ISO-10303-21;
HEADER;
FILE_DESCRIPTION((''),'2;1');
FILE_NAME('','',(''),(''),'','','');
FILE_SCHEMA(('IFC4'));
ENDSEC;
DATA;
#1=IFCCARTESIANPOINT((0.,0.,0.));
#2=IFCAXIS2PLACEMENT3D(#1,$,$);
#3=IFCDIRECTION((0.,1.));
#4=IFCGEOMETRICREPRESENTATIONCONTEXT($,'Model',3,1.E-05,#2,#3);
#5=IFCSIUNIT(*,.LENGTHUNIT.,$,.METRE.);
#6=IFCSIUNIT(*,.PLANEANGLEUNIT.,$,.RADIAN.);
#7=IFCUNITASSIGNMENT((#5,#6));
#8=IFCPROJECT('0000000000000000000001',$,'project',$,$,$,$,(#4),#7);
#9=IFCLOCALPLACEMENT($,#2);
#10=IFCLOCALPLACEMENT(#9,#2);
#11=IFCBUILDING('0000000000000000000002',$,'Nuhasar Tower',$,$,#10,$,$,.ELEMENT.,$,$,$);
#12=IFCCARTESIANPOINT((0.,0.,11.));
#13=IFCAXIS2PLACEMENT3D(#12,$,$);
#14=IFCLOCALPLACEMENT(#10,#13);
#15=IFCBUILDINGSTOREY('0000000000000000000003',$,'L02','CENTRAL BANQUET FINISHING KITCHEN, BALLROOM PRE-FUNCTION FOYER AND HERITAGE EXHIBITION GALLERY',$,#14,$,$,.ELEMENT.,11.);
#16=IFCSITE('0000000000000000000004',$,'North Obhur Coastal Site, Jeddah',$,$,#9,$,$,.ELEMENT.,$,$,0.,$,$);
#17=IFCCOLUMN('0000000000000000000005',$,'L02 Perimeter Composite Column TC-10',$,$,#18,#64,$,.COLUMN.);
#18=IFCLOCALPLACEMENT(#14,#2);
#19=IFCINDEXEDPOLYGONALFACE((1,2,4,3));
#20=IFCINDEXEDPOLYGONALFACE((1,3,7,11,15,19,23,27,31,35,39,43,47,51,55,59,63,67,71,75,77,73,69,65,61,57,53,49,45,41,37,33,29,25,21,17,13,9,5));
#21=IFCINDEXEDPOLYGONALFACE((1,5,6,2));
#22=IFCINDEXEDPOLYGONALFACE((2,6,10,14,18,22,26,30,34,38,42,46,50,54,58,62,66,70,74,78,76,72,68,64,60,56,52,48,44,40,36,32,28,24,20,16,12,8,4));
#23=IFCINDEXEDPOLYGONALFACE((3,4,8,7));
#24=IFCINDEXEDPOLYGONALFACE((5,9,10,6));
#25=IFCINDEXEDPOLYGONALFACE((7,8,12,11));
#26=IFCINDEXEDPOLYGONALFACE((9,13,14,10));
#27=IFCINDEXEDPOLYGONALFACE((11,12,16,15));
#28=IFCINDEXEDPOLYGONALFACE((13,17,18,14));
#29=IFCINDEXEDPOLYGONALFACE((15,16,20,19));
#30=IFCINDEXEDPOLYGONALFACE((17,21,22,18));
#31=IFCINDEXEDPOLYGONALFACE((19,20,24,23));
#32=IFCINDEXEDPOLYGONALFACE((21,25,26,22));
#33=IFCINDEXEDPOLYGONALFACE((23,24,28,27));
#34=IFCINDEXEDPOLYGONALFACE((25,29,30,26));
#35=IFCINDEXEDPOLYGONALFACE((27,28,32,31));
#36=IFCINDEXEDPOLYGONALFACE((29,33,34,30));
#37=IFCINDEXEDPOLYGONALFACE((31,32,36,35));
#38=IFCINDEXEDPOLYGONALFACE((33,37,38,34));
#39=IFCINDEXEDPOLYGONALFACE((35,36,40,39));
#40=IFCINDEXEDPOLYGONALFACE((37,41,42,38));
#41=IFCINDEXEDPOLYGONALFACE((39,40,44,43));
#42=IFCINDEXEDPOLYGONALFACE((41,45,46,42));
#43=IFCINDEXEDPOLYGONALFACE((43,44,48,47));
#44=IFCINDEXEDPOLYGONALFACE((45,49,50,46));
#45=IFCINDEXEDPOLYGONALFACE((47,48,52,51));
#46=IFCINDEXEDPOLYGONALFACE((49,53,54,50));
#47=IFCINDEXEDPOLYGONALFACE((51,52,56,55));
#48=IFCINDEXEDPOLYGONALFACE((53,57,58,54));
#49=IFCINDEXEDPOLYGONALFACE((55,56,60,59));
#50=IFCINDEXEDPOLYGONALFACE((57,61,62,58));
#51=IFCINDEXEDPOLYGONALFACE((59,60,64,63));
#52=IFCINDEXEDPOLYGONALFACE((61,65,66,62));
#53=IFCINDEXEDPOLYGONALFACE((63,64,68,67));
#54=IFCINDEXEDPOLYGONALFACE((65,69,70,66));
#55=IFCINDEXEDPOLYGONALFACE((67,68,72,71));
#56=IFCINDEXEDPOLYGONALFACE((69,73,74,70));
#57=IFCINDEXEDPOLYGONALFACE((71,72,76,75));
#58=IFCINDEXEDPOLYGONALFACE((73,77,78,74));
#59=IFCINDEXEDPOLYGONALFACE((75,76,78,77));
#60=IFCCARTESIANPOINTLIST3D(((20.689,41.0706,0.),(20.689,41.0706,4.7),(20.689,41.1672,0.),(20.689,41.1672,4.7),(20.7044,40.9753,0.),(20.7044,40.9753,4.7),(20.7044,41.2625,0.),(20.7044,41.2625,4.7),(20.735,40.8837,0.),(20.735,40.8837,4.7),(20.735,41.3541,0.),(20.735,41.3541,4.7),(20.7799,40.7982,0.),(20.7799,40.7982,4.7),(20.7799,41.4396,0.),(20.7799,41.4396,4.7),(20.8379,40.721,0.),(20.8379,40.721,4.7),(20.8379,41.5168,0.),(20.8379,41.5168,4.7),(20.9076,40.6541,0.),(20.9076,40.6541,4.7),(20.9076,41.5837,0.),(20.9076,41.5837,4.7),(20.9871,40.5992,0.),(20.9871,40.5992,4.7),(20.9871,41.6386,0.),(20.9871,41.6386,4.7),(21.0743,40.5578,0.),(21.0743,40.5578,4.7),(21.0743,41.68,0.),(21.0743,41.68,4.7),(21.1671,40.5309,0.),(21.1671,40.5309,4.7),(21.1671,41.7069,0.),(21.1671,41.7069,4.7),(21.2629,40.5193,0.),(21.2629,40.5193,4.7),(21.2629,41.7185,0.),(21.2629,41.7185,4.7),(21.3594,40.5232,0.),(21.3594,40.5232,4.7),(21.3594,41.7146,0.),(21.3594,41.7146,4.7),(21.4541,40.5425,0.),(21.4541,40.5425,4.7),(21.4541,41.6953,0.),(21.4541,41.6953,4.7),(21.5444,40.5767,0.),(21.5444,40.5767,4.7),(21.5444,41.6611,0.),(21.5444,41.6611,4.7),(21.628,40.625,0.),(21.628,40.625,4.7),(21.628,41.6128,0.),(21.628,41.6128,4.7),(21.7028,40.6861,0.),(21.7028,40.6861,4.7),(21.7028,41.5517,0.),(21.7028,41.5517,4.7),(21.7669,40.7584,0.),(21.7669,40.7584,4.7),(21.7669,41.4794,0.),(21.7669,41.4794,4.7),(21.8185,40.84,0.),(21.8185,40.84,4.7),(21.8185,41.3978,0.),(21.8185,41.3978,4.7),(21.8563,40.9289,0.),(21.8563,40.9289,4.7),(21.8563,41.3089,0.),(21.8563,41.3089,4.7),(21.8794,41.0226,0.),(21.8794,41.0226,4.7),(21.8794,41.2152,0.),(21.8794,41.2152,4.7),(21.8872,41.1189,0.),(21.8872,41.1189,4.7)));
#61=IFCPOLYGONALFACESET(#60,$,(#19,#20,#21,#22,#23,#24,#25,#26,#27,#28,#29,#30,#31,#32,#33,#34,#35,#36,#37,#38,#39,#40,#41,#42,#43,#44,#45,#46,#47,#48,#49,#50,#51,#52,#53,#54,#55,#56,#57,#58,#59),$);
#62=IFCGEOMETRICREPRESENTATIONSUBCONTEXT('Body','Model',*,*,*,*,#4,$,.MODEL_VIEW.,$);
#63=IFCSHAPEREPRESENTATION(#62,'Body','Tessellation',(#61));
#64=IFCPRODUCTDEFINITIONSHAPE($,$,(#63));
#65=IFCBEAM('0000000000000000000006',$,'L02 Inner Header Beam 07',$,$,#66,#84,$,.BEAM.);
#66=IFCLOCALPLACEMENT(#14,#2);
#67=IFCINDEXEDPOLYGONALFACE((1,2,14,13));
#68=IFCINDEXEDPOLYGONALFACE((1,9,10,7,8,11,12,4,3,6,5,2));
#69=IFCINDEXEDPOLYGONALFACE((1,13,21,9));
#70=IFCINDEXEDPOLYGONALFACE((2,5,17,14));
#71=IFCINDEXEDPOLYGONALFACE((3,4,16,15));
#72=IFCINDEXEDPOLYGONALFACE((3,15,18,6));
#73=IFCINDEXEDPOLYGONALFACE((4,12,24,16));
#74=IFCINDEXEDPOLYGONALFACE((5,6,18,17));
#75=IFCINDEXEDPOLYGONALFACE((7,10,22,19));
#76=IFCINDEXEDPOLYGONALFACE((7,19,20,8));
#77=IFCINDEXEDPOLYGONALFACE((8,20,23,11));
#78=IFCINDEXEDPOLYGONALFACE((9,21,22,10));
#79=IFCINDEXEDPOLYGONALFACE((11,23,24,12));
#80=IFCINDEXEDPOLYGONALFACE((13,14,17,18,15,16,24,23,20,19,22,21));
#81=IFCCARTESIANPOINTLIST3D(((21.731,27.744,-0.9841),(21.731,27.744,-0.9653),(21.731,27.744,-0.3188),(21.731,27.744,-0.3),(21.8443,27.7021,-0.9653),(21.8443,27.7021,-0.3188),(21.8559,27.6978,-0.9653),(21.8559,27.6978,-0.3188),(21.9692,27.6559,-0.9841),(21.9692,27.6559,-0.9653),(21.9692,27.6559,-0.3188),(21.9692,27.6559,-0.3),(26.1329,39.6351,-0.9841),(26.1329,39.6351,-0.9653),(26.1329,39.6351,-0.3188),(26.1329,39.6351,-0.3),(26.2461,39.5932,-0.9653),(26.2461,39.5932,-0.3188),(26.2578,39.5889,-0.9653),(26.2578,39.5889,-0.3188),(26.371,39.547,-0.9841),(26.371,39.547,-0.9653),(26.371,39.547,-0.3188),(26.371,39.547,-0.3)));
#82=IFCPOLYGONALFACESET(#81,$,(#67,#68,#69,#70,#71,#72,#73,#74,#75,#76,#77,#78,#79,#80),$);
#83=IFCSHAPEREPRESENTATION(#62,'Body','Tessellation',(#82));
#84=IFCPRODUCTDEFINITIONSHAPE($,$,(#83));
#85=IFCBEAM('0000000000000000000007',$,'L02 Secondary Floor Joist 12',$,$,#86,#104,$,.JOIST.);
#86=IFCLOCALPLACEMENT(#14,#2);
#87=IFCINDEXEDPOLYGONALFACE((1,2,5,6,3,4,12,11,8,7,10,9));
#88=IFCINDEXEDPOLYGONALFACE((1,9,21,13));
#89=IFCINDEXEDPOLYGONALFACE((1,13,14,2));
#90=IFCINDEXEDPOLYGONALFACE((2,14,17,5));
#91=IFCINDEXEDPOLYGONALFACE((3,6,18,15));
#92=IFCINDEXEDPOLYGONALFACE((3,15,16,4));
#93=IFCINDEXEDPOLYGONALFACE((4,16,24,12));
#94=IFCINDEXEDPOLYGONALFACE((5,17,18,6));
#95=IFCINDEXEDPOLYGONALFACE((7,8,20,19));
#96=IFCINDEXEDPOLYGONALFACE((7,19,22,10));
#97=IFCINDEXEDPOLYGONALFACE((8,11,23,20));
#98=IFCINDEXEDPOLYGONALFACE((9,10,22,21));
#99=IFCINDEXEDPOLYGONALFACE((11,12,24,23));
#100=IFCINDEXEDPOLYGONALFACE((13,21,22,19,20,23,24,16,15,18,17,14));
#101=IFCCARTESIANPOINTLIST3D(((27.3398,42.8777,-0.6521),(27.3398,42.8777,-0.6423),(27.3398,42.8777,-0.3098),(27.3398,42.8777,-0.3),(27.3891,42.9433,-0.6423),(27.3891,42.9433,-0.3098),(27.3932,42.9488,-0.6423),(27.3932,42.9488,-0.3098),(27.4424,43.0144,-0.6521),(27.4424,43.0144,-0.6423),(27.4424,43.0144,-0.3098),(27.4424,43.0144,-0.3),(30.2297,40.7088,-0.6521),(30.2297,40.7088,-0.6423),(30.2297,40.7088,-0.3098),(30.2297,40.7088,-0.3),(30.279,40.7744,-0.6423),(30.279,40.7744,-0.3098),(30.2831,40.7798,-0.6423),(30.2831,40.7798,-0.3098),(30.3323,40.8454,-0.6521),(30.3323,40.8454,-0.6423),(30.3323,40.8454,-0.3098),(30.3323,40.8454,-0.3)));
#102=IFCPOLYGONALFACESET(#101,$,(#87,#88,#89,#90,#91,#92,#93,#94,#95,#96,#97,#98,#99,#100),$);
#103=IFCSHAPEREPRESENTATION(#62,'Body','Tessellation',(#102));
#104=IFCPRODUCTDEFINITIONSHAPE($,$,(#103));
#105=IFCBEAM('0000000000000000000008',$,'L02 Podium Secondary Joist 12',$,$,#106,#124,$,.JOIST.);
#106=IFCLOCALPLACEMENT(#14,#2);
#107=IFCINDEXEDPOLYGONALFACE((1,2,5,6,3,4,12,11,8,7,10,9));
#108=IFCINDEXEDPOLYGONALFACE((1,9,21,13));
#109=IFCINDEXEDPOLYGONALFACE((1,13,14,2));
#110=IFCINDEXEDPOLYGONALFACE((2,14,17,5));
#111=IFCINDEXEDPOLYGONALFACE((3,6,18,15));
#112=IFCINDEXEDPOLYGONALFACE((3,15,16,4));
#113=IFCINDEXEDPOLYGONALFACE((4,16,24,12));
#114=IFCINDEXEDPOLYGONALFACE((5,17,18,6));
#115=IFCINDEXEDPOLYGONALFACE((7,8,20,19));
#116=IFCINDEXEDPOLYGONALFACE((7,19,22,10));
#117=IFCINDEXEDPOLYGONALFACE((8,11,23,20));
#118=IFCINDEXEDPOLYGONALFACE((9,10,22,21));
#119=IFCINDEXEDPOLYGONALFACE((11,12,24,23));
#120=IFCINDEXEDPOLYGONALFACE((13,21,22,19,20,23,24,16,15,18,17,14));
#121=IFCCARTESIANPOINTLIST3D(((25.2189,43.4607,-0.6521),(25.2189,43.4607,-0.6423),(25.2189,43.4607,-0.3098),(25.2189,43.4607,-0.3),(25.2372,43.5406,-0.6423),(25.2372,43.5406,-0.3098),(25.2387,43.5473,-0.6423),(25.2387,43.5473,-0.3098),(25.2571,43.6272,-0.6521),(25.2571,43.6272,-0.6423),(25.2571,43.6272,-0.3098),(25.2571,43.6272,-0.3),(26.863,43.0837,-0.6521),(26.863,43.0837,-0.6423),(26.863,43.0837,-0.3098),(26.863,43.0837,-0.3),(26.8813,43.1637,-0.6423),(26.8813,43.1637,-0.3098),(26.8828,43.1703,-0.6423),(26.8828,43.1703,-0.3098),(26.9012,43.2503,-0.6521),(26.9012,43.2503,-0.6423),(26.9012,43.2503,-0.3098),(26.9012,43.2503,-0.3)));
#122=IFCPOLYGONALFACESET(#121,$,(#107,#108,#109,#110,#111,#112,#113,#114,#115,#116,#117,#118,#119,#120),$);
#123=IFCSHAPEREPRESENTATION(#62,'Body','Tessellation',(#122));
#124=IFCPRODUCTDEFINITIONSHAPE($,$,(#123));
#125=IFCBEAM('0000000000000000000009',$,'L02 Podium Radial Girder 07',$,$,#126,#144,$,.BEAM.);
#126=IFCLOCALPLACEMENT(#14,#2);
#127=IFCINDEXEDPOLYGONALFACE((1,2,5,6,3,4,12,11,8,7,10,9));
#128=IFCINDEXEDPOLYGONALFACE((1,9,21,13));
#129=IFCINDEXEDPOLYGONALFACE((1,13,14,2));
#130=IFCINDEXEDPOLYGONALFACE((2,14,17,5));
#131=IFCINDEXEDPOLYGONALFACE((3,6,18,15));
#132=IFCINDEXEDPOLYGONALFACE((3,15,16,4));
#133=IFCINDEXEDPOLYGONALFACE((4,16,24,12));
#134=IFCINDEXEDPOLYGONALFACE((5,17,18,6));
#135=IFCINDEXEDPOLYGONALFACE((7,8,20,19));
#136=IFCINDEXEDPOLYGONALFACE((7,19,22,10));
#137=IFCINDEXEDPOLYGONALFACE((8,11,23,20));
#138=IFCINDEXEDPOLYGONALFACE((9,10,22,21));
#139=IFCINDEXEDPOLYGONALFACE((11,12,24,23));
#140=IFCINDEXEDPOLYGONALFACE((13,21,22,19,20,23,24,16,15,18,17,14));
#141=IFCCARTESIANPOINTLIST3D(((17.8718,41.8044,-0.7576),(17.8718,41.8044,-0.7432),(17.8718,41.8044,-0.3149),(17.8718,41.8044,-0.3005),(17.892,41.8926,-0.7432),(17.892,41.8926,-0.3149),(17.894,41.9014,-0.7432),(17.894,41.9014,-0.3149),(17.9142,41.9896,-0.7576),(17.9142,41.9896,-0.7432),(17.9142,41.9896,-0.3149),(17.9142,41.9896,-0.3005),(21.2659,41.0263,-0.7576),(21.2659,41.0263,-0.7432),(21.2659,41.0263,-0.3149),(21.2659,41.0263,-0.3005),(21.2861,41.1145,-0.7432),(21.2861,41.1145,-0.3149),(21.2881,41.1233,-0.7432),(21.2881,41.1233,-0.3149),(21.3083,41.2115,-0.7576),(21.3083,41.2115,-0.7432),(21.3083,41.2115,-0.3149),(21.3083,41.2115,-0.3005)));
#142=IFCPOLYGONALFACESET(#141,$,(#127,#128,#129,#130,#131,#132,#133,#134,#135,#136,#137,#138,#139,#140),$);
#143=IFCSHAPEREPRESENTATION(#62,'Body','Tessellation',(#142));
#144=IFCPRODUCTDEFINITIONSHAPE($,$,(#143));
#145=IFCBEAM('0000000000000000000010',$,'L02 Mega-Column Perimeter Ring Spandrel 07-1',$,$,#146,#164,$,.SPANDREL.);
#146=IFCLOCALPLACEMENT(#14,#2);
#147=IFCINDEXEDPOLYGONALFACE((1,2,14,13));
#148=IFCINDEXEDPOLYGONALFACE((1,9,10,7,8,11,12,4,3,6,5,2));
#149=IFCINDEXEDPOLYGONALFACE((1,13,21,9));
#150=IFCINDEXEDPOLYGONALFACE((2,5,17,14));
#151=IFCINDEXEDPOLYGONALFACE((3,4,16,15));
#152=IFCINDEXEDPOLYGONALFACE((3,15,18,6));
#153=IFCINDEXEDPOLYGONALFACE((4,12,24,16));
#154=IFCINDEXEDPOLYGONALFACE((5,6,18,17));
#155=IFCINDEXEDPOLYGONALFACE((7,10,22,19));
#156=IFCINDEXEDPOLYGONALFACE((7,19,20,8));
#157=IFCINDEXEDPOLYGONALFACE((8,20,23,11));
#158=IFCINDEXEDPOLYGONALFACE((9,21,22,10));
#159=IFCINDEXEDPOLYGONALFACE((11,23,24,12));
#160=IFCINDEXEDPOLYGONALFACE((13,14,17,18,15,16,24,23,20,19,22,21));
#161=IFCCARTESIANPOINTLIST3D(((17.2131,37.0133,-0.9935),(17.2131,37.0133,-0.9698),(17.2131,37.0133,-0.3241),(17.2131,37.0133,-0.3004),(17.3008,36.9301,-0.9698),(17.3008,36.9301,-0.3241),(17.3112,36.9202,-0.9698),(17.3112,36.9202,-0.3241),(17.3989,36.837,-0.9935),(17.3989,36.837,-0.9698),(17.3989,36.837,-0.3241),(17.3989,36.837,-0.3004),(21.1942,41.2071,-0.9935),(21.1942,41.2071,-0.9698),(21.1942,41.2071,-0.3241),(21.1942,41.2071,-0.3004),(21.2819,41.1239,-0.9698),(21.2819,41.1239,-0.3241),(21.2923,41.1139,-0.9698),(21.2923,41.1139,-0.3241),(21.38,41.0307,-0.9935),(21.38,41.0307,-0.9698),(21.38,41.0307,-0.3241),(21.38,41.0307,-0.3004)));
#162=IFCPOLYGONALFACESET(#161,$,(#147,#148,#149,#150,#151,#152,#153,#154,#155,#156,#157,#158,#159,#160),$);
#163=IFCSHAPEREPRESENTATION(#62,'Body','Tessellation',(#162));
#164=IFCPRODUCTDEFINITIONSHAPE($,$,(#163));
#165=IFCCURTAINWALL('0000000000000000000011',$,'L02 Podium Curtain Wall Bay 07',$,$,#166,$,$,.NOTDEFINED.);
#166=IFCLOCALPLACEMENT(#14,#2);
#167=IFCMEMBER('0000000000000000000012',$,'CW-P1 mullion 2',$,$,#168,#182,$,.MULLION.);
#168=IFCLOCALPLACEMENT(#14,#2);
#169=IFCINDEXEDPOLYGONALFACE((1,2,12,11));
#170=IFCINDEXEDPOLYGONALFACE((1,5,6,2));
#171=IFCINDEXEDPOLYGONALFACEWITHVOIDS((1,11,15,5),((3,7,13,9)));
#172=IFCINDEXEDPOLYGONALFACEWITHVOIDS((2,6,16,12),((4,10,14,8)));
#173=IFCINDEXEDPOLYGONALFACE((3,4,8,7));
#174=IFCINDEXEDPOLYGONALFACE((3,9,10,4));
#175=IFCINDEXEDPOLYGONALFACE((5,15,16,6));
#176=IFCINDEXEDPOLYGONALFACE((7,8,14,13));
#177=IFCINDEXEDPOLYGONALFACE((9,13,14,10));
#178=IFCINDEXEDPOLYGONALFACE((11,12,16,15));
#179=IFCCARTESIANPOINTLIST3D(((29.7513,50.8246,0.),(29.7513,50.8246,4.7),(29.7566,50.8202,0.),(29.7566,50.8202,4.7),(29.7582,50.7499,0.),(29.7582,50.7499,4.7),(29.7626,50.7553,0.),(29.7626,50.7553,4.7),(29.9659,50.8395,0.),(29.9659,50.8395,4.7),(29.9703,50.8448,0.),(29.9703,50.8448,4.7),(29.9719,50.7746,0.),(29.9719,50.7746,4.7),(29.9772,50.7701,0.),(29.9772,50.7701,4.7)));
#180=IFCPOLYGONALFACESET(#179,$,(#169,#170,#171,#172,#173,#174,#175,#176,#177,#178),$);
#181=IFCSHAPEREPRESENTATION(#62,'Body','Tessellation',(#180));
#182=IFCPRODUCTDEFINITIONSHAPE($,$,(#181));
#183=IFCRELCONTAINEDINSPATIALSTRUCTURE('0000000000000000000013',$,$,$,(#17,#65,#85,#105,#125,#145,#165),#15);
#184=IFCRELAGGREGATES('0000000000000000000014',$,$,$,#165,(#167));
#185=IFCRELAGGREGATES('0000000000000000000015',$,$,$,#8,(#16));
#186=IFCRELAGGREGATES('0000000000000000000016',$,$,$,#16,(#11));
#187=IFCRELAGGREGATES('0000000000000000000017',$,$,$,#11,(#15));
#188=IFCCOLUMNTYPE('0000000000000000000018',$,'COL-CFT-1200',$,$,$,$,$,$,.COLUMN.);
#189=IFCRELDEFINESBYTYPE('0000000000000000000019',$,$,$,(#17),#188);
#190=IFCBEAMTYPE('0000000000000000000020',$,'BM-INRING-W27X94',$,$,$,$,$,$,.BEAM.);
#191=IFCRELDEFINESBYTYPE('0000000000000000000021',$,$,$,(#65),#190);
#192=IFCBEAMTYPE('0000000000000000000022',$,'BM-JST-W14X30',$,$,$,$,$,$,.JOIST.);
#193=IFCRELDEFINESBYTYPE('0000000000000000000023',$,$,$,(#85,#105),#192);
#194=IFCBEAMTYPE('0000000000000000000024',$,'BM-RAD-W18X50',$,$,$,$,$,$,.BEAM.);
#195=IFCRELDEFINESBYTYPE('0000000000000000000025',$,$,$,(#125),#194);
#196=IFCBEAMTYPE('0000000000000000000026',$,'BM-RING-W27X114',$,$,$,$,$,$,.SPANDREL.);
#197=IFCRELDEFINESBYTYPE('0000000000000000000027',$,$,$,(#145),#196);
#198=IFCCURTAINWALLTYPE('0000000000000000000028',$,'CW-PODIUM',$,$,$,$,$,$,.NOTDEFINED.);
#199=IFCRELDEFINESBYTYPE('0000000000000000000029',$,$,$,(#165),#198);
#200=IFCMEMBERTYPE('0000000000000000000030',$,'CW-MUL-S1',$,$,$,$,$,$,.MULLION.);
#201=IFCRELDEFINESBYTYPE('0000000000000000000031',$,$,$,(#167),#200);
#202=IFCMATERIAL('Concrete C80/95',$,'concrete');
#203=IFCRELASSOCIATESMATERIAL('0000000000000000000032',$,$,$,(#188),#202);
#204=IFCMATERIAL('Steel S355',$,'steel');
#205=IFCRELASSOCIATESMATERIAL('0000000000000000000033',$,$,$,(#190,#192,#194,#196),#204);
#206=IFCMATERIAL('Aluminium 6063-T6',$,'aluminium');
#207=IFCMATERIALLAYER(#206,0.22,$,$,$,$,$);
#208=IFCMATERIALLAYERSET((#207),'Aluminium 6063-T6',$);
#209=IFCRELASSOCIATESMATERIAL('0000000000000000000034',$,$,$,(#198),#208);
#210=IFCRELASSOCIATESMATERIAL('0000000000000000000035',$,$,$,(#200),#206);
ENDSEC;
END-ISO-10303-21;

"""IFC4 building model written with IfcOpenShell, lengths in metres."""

from ifc_helpers import new_model, si_unit, direction, frame, origin, origin_2d, place, context, subcontext, project, spatial, hollow_rectangle, circle, i_section, extrude, material, layer, layer_set, material_profile, profile_set, type_object, element, aggregate, save


model = new_model("IFC4")

# Units and contexts
model_context = context("Model", 3, precision=1e-05, world=origin(), true_north=direction((0.0, 1.0)))
body_context = subcontext(model_context, "Body", "Model", "MODEL_VIEW")
ifc_project = project(units=[si_unit("LENGTHUNIT", "METRE"), si_unit("PLANEANGLEUNIT", "RADIAN")], contexts=[model_context])

# Site, building, storey
site_placement = place(None, origin())
site = spatial("IfcSite", under=ifc_project, at=site_placement, Name="North Obhur Coastal Site, Jeddah", CompositionType="ELEMENT", RefElevation=0.0)
building_placement = place(site_placement, origin())
building = spatial("IfcBuilding", under=site, at=building_placement, Name="Nuhasar Tower", CompositionType="ELEMENT")
storey_placement = place(building_placement, frame((0.0, 0.0, 11.0)))
storey = spatial("IfcBuildingStorey", under=building, at=storey_placement, Name="L02", Description="CENTRAL BANQUET FINISHING KITCHEN, BALLROOM PRE-FUNCTION FOYER AND HERITAGE EXHIBITION GALLERY", CompositionType="ELEMENT", Elevation=11.0)

# Column
ifc_material_1 = material(Name="Concrete C80/95", Category="concrete")
ifc_material_profile_1 = material_profile(ifc_material_1, circle(Radius=0.6001, at=origin_2d()), Name="CFT1200")
ifc_profile_set_1 = profile_set([ifc_material_profile_1], Name="Concrete C80/95")
column_type = type_object("IfcColumnType", Name="COL-CFT-1200", PredefinedType="COLUMN", material=ifc_profile_set_1)
column_placement = place(storey_placement, frame((21.2871, 41.1189, 0.0), z_axis=(0.0, 0.0, 1.0), x_axis=(1.0, 0.0, 0.0)))
element("IfcColumn", 1, at=column_placement, inside=storey, type_object=column_type, Name="L02 Perimeter Composite Column TC-10", PredefinedType="COLUMN", context=body_context, shape_type="SweptSolid", body=[
    extrude(circle(Radius=0.6001, at=origin_2d()), origin(), (0.0, 0.0, 1.0), 4.7),
])

# Beams
ifc_material_2 = material(Name="Steel S355", Category="steel")
ifc_material_profile_2 = material_profile(ifc_material_2, i_section(OverallWidth=0.2539, OverallDepth=0.6841, WebThickness=0.0125, FlangeThickness=0.0188, at=origin_2d()), Name="W27X94")
ifc_profile_set_2 = profile_set([ifc_material_profile_2], Name="Steel S355")
beam_type_1 = type_object("IfcBeamType", Name="BM-INRING-W27X94", PredefinedType="BEAM", material=ifc_profile_set_2)
beam_1_placement = place(storey_placement, frame((26.252, 39.5911, -0.6421), z_axis=(-0.347158, -0.937807, 0.0), x_axis=(0.937807, -0.347158, 0.0)))
element("IfcBeam", 2, at=beam_1_placement, inside=storey, type_object=beam_type_1, Name="L02 Inner Header Beam 07", PredefinedType="BEAM", context=body_context, shape_type="SweptSolid", body=[
    extrude(i_section(OverallWidth=0.2539, OverallDepth=0.6841, WebThickness=0.0125, FlangeThickness=0.0188, at=origin_2d()), origin(), (0.0, 0.0, 1.0), 12.6797),
])
ifc_material_profile_3 = material_profile(ifc_material_2, i_section(OverallWidth=0.1709, OverallDepth=0.3521, WebThickness=0.0068, FlangeThickness=0.0098, at=origin_2d()), Name="W14X30")
ifc_profile_set_3 = profile_set([ifc_material_profile_3], Name="Steel S355")
beam_type_2 = type_object("IfcBeamType", Name="BM-JST-W14X30", PredefinedType="JOIST", material=ifc_profile_set_3)
beam_2_placement = place(storey_placement, frame((30.281, 40.7771, -0.4761), z_axis=(-0.799797, 0.60027, 0.0), x_axis=(-0.60027, -0.799797, 0.0)))
element("IfcBeam", 3, at=beam_2_placement, inside=storey, type_object=beam_type_2, Name="L02 Secondary Floor Joist 12", PredefinedType="JOIST", context=body_context, shape_type="SweptSolid", body=[
    extrude(i_section(OverallWidth=0.1709, OverallDepth=0.3521, WebThickness=0.0068, FlangeThickness=0.0098, at=origin_2d()), origin(), (0.0, 0.0, 1.0), 3.6133),
])
beam_3_placement = place(storey_placement, frame((26.8821, 43.167, -0.4761), z_axis=(-0.974707, 0.223485, 0.0), x_axis=(-0.223485, -0.974707, 0.0)))
element("IfcBeam", 4, at=beam_3_placement, inside=storey, type_object=beam_type_2, Name="L02 Podium Secondary Joist 12", PredefinedType="JOIST", context=body_context, shape_type="SweptSolid", body=[
    extrude(i_section(OverallWidth=0.1709, OverallDepth=0.3521, WebThickness=0.0068, FlangeThickness=0.0098, at=origin_2d()), origin(), (0.0, 0.0, 1.0), 1.6868),
])
ifc_material_profile_4 = material_profile(ifc_material_2, i_section(OverallWidth=0.1899, OverallDepth=0.457, WebThickness=0.009, FlangeThickness=0.0144, at=origin_2d()), Name="W18X50")
ifc_profile_set_4 = profile_set([ifc_material_profile_4], Name="Steel S355")
beam_type_3 = type_object("IfcBeamType", Name="BM-RAD-W18X50", PredefinedType="BEAM", material=ifc_profile_set_4)
beam_4_placement = place(storey_placement, frame((21.2871, 41.1189, -0.5291), z_axis=(-0.974715, 0.223451, 0.0), x_axis=(-0.223451, -0.974715, 0.0)))
element("IfcBeam", 5, at=beam_4_placement, inside=storey, type_object=beam_type_3, Name="L02 Podium Radial Girder 07", PredefinedType="BEAM", context=body_context, shape_type="SweptSolid", body=[
    extrude(i_section(OverallWidth=0.1899, OverallDepth=0.457, WebThickness=0.009, FlangeThickness=0.0144, at=origin_2d()), origin(), (0.0, 0.0, 1.0), 3.4822),
])
ifc_material_profile_5 = material_profile(ifc_material_2, i_section(OverallWidth=0.2561, OverallDepth=0.6931, WebThickness=0.0144, FlangeThickness=0.0237, at=origin_2d()), Name="W27X114")
ifc_profile_set_5 = profile_set([ifc_material_profile_5], Name="Steel S355")
beam_type_4 = type_object("IfcBeamType", Name="BM-RING-W27X114", PredefinedType="SPANDREL", material=ifc_profile_set_5)
beam_5_placement = place(storey_placement, frame((21.2871, 41.1189, -0.647), z_axis=(-0.688481, -0.725254, 0.0), x_axis=(0.725254, -0.688481, 0.0)))
element("IfcBeam", 6, at=beam_5_placement, inside=storey, type_object=beam_type_4, Name="L02 Mega-Column Perimeter Ring Spandrel 07-1", PredefinedType="SPANDREL", context=body_context, shape_type="SweptSolid", body=[
    extrude(i_section(OverallWidth=0.2561, OverallDepth=0.6931, WebThickness=0.0144, FlangeThickness=0.0237, at=origin_2d()), origin(), (0.0, 0.0, 1.0), 5.7825),
])

# Curtain wall, member
ifc_material_3 = material(Name="Aluminium 6063-T6", Category="aluminium")
ifc_layer_1 = layer(ifc_material_3, 0.22)
ifc_layer_set_1 = layer_set([ifc_layer_1], Name="Aluminium 6063-T6")
curtain_wall_type = type_object("IfcCurtainWallType", Name="CW-PODIUM", PredefinedType="NOTDEFINED", material=ifc_layer_set_1)
curtain_wall_1_placement = place(storey_placement, origin())
curtain_wall_1 = element("IfcCurtainWall", 7, at=curtain_wall_1_placement, inside=storey, type_object=curtain_wall_type, Name="L02 Podium Curtain Wall Bay 07", PredefinedType="NOTDEFINED")
ifc_material_profile_6 = material_profile(ifc_material_3, hollow_rectangle(XDim=0.075, YDim=0.22, WallThickness=0.0049, at=origin_2d()), Name="CWM-1")
ifc_profile_set_6 = profile_set([ifc_material_profile_6], Name="Aluminium 6063-T6")
member_type = type_object("IfcMemberType", Name="CW-MUL-S1", PredefinedType="MULLION", material=ifc_profile_set_6)
member_1_placement = place(storey_placement, frame((29.8643, 50.7974, 0.0), z_axis=(0.0, 0.0, 1.0), x_axis=(0.091837, -0.995774, 0.0)))
member_1 = element("IfcMember", 8, at=member_1_placement, type_object=member_type, Name="CW-P1 mullion 2", PredefinedType="MULLION", context=body_context, shape_type="SweptSolid", body=[
    extrude(hollow_rectangle(XDim=0.075, YDim=0.22, WallThickness=0.0049, at=origin_2d()), origin(), (0.0, 0.0, 1.0), 4.7),
])
aggregate(curtain_wall_1, [member_1])

save(model, "model.ifc")
